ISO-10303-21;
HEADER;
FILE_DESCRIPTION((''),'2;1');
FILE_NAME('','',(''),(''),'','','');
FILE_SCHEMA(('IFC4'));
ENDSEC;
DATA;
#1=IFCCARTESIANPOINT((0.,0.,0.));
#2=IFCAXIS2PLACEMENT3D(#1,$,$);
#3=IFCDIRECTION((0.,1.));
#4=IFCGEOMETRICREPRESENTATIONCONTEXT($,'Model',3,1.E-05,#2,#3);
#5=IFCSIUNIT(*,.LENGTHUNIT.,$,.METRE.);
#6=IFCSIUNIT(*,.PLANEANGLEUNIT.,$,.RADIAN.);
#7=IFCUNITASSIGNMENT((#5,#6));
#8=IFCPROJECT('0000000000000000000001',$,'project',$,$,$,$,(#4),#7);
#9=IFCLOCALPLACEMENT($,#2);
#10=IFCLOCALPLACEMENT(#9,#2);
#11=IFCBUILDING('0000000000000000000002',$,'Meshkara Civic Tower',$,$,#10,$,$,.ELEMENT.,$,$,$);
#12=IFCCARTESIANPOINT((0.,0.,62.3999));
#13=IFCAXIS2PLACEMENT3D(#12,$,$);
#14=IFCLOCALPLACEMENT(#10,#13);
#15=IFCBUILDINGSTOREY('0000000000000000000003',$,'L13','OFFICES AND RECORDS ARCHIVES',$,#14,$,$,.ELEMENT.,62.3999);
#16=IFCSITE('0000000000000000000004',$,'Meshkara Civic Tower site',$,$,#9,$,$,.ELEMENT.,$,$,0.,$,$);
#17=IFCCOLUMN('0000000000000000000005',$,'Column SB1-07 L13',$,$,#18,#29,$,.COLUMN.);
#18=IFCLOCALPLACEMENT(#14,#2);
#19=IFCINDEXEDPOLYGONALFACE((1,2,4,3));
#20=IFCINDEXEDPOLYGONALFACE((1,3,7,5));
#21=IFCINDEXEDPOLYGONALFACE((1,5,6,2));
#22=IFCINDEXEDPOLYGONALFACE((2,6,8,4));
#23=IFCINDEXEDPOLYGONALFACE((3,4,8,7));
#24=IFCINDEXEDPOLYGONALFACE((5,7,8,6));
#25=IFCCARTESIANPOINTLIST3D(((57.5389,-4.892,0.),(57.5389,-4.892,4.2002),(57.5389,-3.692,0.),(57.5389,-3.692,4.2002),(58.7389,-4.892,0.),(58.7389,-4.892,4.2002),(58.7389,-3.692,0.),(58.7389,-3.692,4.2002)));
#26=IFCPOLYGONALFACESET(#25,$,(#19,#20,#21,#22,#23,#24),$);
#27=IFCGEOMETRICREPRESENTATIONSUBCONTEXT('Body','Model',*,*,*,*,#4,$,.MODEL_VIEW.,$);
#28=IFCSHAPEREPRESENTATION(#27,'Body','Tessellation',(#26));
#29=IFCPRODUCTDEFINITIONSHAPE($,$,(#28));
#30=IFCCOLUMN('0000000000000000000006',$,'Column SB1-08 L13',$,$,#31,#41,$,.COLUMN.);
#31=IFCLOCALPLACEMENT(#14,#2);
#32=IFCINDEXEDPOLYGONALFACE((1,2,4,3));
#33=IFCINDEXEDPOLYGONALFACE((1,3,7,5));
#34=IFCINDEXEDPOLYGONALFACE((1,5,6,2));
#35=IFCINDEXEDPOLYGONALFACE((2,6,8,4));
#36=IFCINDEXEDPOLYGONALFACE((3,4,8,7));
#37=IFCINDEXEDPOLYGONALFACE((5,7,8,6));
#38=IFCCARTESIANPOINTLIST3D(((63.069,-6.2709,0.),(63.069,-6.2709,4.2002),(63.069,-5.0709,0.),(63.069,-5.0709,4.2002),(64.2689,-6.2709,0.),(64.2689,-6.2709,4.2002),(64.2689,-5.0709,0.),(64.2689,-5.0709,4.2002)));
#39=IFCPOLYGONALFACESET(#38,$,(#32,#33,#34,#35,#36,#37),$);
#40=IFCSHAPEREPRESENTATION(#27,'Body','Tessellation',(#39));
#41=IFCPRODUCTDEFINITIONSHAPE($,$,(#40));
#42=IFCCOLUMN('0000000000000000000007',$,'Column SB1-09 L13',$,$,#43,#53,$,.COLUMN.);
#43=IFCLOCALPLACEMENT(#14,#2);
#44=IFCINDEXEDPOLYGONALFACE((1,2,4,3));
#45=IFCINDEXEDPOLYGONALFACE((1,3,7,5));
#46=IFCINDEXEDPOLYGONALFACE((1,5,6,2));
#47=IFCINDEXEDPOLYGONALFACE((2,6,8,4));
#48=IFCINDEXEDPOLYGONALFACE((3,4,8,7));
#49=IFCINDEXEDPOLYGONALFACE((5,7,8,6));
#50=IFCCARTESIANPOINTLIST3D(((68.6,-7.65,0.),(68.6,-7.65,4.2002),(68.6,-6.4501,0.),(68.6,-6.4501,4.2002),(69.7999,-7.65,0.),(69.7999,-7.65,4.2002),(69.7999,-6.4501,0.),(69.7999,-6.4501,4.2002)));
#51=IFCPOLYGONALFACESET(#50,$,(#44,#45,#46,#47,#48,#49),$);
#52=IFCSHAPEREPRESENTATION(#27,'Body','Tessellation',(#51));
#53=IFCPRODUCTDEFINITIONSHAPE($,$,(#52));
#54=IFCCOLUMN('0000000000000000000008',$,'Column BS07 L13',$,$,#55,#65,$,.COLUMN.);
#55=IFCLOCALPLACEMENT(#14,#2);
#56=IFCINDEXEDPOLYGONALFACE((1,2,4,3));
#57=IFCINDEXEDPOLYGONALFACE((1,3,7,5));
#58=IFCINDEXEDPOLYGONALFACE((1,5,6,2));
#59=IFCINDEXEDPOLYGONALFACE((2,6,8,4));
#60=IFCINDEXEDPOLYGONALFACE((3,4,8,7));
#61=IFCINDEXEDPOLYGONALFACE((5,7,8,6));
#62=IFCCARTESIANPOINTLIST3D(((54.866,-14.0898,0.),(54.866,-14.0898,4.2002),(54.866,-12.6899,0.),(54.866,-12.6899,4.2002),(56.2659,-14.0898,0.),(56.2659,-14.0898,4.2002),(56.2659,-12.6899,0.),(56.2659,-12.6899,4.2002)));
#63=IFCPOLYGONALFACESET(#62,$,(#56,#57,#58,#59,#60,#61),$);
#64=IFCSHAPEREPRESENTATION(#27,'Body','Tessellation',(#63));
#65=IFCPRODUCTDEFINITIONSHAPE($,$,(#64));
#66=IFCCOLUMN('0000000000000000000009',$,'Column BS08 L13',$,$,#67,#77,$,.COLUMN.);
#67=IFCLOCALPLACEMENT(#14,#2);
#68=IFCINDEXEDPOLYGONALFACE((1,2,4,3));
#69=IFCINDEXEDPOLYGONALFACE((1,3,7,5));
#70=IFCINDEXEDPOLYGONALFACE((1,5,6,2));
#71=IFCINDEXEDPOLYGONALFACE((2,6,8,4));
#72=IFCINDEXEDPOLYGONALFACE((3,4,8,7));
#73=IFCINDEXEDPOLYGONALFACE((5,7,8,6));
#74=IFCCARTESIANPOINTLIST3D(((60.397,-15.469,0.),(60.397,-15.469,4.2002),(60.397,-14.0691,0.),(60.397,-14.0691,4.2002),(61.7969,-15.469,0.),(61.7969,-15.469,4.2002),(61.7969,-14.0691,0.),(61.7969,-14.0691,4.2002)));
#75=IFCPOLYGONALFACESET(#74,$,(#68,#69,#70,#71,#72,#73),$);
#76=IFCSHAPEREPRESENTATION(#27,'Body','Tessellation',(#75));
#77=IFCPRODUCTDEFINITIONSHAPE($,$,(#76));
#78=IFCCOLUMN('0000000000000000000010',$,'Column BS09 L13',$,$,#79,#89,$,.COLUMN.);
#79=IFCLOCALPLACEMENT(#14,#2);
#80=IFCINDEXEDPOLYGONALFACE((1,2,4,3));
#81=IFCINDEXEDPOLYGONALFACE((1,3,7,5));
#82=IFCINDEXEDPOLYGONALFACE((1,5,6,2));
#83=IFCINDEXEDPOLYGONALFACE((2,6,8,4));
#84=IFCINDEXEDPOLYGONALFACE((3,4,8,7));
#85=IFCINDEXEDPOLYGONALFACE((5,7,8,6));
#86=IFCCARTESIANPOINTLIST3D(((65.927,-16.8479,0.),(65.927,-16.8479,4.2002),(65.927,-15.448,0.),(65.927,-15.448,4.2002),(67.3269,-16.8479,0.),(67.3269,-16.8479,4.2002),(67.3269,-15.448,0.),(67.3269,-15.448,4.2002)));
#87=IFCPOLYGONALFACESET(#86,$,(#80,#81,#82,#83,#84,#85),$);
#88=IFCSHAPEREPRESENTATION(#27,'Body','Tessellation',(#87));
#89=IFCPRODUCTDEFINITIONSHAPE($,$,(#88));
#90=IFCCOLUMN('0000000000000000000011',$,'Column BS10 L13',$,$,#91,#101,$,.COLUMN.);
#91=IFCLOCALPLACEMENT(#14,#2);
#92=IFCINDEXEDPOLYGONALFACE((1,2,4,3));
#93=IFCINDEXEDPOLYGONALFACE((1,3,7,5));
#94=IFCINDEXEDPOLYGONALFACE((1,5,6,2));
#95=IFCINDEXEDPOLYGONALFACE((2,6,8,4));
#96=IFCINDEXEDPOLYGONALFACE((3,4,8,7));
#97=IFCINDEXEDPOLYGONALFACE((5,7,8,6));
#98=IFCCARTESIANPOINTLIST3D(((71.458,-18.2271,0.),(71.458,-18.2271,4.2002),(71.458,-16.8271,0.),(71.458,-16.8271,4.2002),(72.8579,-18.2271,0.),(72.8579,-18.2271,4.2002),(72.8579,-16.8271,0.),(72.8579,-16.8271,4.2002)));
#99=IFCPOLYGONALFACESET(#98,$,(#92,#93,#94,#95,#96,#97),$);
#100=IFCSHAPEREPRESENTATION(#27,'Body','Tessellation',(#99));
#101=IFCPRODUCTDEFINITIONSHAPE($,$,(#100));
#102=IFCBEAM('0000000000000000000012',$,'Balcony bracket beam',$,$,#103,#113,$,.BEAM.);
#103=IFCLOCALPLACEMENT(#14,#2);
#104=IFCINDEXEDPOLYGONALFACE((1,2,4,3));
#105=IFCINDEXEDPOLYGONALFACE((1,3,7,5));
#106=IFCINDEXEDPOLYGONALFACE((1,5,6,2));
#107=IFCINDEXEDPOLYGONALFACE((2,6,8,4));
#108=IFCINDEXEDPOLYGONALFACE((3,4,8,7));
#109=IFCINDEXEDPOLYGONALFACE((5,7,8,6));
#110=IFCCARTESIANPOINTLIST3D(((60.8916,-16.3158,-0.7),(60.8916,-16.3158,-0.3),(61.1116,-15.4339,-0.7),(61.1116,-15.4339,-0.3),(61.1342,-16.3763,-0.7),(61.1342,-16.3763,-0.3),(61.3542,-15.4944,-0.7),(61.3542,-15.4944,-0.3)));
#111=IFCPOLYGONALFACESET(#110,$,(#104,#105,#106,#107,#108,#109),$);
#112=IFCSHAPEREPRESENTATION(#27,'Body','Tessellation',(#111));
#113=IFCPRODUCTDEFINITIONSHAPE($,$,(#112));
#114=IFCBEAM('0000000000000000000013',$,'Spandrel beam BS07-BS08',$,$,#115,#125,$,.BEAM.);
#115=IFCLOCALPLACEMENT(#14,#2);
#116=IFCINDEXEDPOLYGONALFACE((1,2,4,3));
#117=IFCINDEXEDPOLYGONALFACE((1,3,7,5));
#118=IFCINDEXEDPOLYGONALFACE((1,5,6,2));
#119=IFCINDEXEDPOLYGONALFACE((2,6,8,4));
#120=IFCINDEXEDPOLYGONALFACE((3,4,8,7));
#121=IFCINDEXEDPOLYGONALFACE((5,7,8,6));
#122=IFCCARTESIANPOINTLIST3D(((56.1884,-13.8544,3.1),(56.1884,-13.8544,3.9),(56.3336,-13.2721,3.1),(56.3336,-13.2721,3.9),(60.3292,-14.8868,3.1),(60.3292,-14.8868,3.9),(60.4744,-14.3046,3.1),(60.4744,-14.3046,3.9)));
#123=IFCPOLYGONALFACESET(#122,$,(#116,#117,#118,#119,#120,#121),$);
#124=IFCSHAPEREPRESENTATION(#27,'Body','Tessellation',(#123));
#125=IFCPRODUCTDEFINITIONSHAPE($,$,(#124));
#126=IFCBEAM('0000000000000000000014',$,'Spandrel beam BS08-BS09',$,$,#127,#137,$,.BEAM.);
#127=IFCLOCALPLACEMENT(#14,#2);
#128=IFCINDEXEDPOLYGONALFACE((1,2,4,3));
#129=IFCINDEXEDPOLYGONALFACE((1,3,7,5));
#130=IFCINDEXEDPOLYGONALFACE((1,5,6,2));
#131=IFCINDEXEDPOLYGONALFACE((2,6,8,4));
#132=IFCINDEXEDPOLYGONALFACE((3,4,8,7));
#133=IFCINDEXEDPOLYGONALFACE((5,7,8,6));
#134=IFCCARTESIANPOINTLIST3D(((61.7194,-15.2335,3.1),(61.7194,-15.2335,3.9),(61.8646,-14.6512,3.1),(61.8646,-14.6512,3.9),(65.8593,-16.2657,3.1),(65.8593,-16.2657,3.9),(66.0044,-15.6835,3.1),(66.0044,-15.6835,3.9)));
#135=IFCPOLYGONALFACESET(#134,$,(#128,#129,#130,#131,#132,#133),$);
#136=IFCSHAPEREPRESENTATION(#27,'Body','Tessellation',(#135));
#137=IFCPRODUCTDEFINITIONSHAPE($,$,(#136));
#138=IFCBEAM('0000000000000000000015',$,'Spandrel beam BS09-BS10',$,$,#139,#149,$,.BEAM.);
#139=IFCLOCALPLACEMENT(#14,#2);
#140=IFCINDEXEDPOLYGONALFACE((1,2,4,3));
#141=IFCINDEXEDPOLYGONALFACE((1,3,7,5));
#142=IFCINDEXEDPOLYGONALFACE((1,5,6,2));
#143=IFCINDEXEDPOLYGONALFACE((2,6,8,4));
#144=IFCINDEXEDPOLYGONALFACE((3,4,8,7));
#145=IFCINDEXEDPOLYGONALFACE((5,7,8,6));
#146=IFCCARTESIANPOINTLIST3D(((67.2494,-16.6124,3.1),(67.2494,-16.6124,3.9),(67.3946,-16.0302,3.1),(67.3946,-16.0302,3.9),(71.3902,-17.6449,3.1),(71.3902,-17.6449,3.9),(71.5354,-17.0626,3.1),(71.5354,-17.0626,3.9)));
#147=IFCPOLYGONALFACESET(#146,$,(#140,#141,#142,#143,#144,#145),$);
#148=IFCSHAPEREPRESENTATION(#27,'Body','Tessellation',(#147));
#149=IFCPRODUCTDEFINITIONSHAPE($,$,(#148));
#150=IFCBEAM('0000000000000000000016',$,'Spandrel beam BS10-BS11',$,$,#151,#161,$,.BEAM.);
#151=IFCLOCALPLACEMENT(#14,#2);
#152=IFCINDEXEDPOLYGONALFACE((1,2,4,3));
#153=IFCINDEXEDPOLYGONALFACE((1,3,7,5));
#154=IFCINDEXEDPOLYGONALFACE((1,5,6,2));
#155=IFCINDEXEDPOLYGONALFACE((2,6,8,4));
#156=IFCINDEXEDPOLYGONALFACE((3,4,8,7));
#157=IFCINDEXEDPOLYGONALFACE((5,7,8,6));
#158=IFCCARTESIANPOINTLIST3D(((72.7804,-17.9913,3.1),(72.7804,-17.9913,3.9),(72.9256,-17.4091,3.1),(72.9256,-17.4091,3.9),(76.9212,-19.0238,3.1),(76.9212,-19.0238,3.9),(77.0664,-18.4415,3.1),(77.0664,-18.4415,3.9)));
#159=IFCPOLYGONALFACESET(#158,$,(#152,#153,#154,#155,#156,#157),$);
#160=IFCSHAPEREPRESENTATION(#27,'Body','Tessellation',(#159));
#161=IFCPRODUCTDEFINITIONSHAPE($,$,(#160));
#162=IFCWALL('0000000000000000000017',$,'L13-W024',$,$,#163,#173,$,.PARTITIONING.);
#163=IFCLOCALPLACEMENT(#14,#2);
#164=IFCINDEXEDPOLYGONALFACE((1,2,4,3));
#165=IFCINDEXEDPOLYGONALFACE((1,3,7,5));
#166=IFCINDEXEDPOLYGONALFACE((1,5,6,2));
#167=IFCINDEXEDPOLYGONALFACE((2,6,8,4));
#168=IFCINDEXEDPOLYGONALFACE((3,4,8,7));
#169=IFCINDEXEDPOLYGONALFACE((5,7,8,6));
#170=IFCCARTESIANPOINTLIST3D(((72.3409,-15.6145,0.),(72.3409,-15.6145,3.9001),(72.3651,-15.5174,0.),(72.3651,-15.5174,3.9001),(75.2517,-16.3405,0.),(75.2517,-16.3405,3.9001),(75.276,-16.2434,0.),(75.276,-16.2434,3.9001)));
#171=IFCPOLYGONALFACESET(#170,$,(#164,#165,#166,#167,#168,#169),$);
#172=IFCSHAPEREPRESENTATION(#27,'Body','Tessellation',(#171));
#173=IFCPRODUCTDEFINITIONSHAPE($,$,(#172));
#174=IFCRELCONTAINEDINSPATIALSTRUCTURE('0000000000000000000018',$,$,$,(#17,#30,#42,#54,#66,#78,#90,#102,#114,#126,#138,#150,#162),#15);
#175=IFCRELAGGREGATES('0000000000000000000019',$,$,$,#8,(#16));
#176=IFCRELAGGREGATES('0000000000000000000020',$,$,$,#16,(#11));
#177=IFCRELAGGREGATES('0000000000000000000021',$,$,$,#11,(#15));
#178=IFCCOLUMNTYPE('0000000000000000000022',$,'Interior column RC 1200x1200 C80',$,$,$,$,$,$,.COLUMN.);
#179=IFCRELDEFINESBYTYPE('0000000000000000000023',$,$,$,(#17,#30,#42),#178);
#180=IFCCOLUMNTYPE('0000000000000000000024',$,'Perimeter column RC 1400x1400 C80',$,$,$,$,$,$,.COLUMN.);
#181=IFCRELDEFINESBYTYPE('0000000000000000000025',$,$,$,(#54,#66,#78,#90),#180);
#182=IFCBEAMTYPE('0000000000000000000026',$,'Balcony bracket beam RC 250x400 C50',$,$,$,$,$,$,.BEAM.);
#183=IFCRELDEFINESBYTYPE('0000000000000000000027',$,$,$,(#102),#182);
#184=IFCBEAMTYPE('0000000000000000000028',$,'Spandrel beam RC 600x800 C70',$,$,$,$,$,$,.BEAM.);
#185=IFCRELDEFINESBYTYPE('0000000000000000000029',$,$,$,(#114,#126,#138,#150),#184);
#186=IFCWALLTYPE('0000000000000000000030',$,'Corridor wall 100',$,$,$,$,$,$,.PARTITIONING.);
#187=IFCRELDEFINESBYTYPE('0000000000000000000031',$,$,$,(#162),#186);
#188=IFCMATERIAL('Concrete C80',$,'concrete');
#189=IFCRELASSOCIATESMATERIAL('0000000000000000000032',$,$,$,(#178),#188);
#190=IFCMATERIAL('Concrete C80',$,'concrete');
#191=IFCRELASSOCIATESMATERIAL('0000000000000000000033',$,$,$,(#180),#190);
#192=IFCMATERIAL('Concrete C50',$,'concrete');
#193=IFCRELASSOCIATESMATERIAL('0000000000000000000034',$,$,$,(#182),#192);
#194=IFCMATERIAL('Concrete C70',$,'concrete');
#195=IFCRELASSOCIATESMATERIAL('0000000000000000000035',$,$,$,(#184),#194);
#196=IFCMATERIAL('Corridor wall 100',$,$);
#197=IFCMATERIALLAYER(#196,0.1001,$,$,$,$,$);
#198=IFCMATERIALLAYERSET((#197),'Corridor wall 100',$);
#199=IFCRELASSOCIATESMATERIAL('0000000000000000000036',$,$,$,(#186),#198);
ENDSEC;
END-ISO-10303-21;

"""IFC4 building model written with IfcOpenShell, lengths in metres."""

from ifc_helpers import new_model, si_unit, direction, frame, frame_2d, origin, origin_2d, place, context, subcontext, project, spatial, rectangle, extrude, material, layer, layer_set, material_profile, profile_set, type_object, element, save


model = new_model("IFC4")

# Units and contexts
model_context = context("Model", 3, precision=1e-05, world=origin(), true_north=direction((0.0, 1.0)))
body_context = subcontext(model_context, "Body", "Model", "MODEL_VIEW")
ifc_project = project(units=[si_unit("LENGTHUNIT", "METRE"), si_unit("PLANEANGLEUNIT", "RADIAN")], contexts=[model_context])

# Site, building, storey
site_placement = place(None, origin())
site = spatial("IfcSite", under=ifc_project, at=site_placement, Name="Meshkara Civic Tower site", CompositionType="ELEMENT", RefElevation=0.0)
building_placement = place(site_placement, origin())
building = spatial("IfcBuilding", under=site, at=building_placement, Name="Meshkara Civic Tower", CompositionType="ELEMENT")
storey_placement = place(building_placement, frame((0.0, 0.0, 62.3999)))
storey = spatial("IfcBuildingStorey", under=building, at=storey_placement, Name="L13", Description="OFFICES AND RECORDS ARCHIVES", CompositionType="ELEMENT", Elevation=62.3999)

# Columns
ifc_material_1 = material(Name="Concrete C80", Category="concrete")
ifc_material_profile_1 = material_profile(ifc_material_1, rectangle(XDim=1.2, YDim=1.2, at=origin_2d()))
ifc_profile_set_1 = profile_set([ifc_material_profile_1], Name="Concrete C80")
column_type_1 = type_object("IfcColumnType", Name="Interior column RC 1200x1200 C80", PredefinedType="COLUMN", material=ifc_profile_set_1)
for number, where, z_axis, x_axis, name in (
    (1, (58.1389, -4.292, 0.0), (0.0, 0.0, 1.0), (1.0, 0.0, 0.0), "Column SB1-07 L13"),
    (2, (63.6689, -5.6709, 0.0), (0.0, 0.0, 1.0), (1.0, 0.0, 0.0), "Column SB1-08 L13"),
    (3, (69.2, -7.05, 0.0), (0.0, 0.0, 1.0), (1.0, 0.0, 0.0), "Column SB1-09 L13"),
):
    element("IfcColumn", number, at=place(storey_placement, frame(where, z_axis=z_axis, x_axis=x_axis)), inside=storey, type_object=column_type_1, Name=name, PredefinedType="COLUMN", context=body_context, shape_type="SweptSolid", body=[
        extrude(rectangle(XDim=1.2, YDim=1.2, at=origin_2d()), origin(), (0.0, 0.0, 1.0), 4.2002),
    ])
ifc_material_2 = material(Name="Concrete C80", Category="concrete")
ifc_material_profile_2 = material_profile(ifc_material_2, rectangle(XDim=1.3999, YDim=1.3999, at=origin_2d()))
ifc_profile_set_2 = profile_set([ifc_material_profile_2], Name="Concrete C80")
column_type_2 = type_object("IfcColumnType", Name="Perimeter column RC 1400x1400 C80", PredefinedType="COLUMN", material=ifc_profile_set_2)
for number, where, z_axis, x_axis, name in (
    (4, (55.5659, -13.3899, 0.0), (0.0, 0.0, 1.0), (1.0, 0.0, 0.0), "Column BS07 L13"),
    (5, (61.0969, -14.769, 0.0), (0.0, 0.0, 1.0), (1.0, 0.0, 0.0), "Column BS08 L13"),
    (6, (66.627, -16.1479, 0.0), (0.0, 0.0, 1.0), (1.0, 0.0, 0.0), "Column BS09 L13"),
    (7, (72.158, -17.5271, 0.0), (0.0, 0.0, 1.0), (1.0, 0.0, 0.0), "Column BS10 L13"),
):
    element("IfcColumn", number, at=place(storey_placement, frame(where, z_axis=z_axis, x_axis=x_axis)), inside=storey, type_object=column_type_2, Name=name, PredefinedType="COLUMN", context=body_context, shape_type="SweptSolid", body=[
        extrude(rectangle(XDim=1.3999, YDim=1.3999, at=origin_2d()), origin(), (0.0, 0.0, 1.0), 4.2002),
    ])

# Beams
ifc_material_3 = material(Name="Concrete C50", Category="concrete")
ifc_material_profile_3 = material_profile(ifc_material_3, rectangle(XDim=0.25, YDim=0.3999, at=origin_2d()))
ifc_profile_set_3 = profile_set([ifc_material_profile_3], Name="Concrete C50")
beam_type_1 = type_object("IfcBeamType", Name="Balcony bracket beam RC 250x400 C50", PredefinedType="BEAM", material=ifc_profile_set_3)
beam_1_placement = place(storey_placement, frame((61.2329, -15.4641, -0.5), z_axis=(-0.24203, -0.970269, 0.0), x_axis=(0.970269, -0.24203, 0.0)))
element("IfcBeam", 8, at=beam_1_placement, inside=storey, type_object=beam_type_1, Name="Balcony bracket beam", PredefinedType="BEAM", context=body_context, shape_type="SweptSolid", body=[
    extrude(rectangle(XDim=0.25, YDim=0.3999, at=origin_2d()), origin(), (0.0, 0.0, 1.0), 0.9089),
])
ifc_material_4 = material(Name="Concrete C70", Category="concrete")
ifc_material_profile_4 = material_profile(ifc_material_4, rectangle(XDim=0.6001, YDim=0.8, at=origin_2d()))
ifc_profile_set_4 = profile_set([ifc_material_profile_4], Name="Concrete C70")
beam_type_2 = type_object("IfcBeamType", Name="Spandrel beam RC 600x800 C70", PredefinedType="BEAM", material=ifc_profile_set_4)
beam_2_placement = place(storey_placement, frame((56.261, -13.5632, 3.5), z_axis=(0.970294, -0.24193, 0.0), x_axis=(0.24193, 0.970294, 0.0)))
element("IfcBeam", 9, at=beam_2_placement, inside=storey, type_object=beam_type_2, Name="Spandrel beam BS07-BS08", PredefinedType="BEAM", context=body_context, shape_type="SweptSolid", body=[
    extrude(rectangle(XDim=0.6001, YDim=0.8, at=origin_2d()), origin(), (0.0, 0.0, 1.0), 4.2676),
])
beam_3_placement = place(storey_placement, frame((61.792, -14.9424, 3.5), z_axis=(0.970294, -0.24193, 0.0), x_axis=(0.24193, 0.970294, 0.0)))
element("IfcBeam", 10, at=beam_3_placement, inside=storey, type_object=beam_type_2, Name="Spandrel beam BS08-BS09", PredefinedType="BEAM", context=body_context, shape_type="SweptSolid", body=[
    extrude(rectangle(XDim=0.6001, YDim=0.8, at=origin_2d()), origin(), (0.0, 0.0, 1.0), 4.2666),
])
for number, where, z_axis, x_axis, name in (
    (11, (67.322, -16.3213, 3.5), (0.970294, -0.24193, 0.0), (0.24193, 0.970294, 0.0), "Spandrel beam BS09-BS10"),
    (12, (72.853, -17.7002, 3.5), (0.970294, -0.24193, 0.0), (0.24193, 0.970294, 0.0), "Spandrel beam BS10-BS11"),
):
    element("IfcBeam", number, at=place(storey_placement, frame(where, z_axis=z_axis, x_axis=x_axis)), inside=storey, type_object=beam_type_2, Name=name, PredefinedType="BEAM", context=body_context, shape_type="SweptSolid", body=[
        extrude(rectangle(XDim=0.6001, YDim=0.8, at=origin_2d()), origin(), (0.0, 0.0, 1.0), 4.2676),
    ])

# Wall
ifc_material_5 = material(Name="Corridor wall 100")
ifc_layer_1 = layer(ifc_material_5, 0.1001)
ifc_layer_set_1 = layer_set([ifc_layer_1], Name="Corridor wall 100")
wall_type_1 = type_object("IfcWallType", Name="Corridor wall 100", PredefinedType="PARTITIONING", material=ifc_layer_set_1)
wall_1_placement = place(storey_placement, frame((72.353, -15.5659, 0.0), z_axis=(0.0, 0.0, 1.0), x_axis=(0.970272, -0.242019, 0.0)))
element("IfcWall", 13, at=wall_1_placement, inside=storey, type_object=wall_type_1, Name="L13-W024", PredefinedType="PARTITIONING", context=body_context, shape_type="SweptSolid", body=[
    extrude(rectangle(XDim=3.0, YDim=0.1001, at=frame_2d((1.5, 0.0))), origin(), (0.0, 0.0, 1.0), 3.9001),
])

save(model, "model.ifc")
